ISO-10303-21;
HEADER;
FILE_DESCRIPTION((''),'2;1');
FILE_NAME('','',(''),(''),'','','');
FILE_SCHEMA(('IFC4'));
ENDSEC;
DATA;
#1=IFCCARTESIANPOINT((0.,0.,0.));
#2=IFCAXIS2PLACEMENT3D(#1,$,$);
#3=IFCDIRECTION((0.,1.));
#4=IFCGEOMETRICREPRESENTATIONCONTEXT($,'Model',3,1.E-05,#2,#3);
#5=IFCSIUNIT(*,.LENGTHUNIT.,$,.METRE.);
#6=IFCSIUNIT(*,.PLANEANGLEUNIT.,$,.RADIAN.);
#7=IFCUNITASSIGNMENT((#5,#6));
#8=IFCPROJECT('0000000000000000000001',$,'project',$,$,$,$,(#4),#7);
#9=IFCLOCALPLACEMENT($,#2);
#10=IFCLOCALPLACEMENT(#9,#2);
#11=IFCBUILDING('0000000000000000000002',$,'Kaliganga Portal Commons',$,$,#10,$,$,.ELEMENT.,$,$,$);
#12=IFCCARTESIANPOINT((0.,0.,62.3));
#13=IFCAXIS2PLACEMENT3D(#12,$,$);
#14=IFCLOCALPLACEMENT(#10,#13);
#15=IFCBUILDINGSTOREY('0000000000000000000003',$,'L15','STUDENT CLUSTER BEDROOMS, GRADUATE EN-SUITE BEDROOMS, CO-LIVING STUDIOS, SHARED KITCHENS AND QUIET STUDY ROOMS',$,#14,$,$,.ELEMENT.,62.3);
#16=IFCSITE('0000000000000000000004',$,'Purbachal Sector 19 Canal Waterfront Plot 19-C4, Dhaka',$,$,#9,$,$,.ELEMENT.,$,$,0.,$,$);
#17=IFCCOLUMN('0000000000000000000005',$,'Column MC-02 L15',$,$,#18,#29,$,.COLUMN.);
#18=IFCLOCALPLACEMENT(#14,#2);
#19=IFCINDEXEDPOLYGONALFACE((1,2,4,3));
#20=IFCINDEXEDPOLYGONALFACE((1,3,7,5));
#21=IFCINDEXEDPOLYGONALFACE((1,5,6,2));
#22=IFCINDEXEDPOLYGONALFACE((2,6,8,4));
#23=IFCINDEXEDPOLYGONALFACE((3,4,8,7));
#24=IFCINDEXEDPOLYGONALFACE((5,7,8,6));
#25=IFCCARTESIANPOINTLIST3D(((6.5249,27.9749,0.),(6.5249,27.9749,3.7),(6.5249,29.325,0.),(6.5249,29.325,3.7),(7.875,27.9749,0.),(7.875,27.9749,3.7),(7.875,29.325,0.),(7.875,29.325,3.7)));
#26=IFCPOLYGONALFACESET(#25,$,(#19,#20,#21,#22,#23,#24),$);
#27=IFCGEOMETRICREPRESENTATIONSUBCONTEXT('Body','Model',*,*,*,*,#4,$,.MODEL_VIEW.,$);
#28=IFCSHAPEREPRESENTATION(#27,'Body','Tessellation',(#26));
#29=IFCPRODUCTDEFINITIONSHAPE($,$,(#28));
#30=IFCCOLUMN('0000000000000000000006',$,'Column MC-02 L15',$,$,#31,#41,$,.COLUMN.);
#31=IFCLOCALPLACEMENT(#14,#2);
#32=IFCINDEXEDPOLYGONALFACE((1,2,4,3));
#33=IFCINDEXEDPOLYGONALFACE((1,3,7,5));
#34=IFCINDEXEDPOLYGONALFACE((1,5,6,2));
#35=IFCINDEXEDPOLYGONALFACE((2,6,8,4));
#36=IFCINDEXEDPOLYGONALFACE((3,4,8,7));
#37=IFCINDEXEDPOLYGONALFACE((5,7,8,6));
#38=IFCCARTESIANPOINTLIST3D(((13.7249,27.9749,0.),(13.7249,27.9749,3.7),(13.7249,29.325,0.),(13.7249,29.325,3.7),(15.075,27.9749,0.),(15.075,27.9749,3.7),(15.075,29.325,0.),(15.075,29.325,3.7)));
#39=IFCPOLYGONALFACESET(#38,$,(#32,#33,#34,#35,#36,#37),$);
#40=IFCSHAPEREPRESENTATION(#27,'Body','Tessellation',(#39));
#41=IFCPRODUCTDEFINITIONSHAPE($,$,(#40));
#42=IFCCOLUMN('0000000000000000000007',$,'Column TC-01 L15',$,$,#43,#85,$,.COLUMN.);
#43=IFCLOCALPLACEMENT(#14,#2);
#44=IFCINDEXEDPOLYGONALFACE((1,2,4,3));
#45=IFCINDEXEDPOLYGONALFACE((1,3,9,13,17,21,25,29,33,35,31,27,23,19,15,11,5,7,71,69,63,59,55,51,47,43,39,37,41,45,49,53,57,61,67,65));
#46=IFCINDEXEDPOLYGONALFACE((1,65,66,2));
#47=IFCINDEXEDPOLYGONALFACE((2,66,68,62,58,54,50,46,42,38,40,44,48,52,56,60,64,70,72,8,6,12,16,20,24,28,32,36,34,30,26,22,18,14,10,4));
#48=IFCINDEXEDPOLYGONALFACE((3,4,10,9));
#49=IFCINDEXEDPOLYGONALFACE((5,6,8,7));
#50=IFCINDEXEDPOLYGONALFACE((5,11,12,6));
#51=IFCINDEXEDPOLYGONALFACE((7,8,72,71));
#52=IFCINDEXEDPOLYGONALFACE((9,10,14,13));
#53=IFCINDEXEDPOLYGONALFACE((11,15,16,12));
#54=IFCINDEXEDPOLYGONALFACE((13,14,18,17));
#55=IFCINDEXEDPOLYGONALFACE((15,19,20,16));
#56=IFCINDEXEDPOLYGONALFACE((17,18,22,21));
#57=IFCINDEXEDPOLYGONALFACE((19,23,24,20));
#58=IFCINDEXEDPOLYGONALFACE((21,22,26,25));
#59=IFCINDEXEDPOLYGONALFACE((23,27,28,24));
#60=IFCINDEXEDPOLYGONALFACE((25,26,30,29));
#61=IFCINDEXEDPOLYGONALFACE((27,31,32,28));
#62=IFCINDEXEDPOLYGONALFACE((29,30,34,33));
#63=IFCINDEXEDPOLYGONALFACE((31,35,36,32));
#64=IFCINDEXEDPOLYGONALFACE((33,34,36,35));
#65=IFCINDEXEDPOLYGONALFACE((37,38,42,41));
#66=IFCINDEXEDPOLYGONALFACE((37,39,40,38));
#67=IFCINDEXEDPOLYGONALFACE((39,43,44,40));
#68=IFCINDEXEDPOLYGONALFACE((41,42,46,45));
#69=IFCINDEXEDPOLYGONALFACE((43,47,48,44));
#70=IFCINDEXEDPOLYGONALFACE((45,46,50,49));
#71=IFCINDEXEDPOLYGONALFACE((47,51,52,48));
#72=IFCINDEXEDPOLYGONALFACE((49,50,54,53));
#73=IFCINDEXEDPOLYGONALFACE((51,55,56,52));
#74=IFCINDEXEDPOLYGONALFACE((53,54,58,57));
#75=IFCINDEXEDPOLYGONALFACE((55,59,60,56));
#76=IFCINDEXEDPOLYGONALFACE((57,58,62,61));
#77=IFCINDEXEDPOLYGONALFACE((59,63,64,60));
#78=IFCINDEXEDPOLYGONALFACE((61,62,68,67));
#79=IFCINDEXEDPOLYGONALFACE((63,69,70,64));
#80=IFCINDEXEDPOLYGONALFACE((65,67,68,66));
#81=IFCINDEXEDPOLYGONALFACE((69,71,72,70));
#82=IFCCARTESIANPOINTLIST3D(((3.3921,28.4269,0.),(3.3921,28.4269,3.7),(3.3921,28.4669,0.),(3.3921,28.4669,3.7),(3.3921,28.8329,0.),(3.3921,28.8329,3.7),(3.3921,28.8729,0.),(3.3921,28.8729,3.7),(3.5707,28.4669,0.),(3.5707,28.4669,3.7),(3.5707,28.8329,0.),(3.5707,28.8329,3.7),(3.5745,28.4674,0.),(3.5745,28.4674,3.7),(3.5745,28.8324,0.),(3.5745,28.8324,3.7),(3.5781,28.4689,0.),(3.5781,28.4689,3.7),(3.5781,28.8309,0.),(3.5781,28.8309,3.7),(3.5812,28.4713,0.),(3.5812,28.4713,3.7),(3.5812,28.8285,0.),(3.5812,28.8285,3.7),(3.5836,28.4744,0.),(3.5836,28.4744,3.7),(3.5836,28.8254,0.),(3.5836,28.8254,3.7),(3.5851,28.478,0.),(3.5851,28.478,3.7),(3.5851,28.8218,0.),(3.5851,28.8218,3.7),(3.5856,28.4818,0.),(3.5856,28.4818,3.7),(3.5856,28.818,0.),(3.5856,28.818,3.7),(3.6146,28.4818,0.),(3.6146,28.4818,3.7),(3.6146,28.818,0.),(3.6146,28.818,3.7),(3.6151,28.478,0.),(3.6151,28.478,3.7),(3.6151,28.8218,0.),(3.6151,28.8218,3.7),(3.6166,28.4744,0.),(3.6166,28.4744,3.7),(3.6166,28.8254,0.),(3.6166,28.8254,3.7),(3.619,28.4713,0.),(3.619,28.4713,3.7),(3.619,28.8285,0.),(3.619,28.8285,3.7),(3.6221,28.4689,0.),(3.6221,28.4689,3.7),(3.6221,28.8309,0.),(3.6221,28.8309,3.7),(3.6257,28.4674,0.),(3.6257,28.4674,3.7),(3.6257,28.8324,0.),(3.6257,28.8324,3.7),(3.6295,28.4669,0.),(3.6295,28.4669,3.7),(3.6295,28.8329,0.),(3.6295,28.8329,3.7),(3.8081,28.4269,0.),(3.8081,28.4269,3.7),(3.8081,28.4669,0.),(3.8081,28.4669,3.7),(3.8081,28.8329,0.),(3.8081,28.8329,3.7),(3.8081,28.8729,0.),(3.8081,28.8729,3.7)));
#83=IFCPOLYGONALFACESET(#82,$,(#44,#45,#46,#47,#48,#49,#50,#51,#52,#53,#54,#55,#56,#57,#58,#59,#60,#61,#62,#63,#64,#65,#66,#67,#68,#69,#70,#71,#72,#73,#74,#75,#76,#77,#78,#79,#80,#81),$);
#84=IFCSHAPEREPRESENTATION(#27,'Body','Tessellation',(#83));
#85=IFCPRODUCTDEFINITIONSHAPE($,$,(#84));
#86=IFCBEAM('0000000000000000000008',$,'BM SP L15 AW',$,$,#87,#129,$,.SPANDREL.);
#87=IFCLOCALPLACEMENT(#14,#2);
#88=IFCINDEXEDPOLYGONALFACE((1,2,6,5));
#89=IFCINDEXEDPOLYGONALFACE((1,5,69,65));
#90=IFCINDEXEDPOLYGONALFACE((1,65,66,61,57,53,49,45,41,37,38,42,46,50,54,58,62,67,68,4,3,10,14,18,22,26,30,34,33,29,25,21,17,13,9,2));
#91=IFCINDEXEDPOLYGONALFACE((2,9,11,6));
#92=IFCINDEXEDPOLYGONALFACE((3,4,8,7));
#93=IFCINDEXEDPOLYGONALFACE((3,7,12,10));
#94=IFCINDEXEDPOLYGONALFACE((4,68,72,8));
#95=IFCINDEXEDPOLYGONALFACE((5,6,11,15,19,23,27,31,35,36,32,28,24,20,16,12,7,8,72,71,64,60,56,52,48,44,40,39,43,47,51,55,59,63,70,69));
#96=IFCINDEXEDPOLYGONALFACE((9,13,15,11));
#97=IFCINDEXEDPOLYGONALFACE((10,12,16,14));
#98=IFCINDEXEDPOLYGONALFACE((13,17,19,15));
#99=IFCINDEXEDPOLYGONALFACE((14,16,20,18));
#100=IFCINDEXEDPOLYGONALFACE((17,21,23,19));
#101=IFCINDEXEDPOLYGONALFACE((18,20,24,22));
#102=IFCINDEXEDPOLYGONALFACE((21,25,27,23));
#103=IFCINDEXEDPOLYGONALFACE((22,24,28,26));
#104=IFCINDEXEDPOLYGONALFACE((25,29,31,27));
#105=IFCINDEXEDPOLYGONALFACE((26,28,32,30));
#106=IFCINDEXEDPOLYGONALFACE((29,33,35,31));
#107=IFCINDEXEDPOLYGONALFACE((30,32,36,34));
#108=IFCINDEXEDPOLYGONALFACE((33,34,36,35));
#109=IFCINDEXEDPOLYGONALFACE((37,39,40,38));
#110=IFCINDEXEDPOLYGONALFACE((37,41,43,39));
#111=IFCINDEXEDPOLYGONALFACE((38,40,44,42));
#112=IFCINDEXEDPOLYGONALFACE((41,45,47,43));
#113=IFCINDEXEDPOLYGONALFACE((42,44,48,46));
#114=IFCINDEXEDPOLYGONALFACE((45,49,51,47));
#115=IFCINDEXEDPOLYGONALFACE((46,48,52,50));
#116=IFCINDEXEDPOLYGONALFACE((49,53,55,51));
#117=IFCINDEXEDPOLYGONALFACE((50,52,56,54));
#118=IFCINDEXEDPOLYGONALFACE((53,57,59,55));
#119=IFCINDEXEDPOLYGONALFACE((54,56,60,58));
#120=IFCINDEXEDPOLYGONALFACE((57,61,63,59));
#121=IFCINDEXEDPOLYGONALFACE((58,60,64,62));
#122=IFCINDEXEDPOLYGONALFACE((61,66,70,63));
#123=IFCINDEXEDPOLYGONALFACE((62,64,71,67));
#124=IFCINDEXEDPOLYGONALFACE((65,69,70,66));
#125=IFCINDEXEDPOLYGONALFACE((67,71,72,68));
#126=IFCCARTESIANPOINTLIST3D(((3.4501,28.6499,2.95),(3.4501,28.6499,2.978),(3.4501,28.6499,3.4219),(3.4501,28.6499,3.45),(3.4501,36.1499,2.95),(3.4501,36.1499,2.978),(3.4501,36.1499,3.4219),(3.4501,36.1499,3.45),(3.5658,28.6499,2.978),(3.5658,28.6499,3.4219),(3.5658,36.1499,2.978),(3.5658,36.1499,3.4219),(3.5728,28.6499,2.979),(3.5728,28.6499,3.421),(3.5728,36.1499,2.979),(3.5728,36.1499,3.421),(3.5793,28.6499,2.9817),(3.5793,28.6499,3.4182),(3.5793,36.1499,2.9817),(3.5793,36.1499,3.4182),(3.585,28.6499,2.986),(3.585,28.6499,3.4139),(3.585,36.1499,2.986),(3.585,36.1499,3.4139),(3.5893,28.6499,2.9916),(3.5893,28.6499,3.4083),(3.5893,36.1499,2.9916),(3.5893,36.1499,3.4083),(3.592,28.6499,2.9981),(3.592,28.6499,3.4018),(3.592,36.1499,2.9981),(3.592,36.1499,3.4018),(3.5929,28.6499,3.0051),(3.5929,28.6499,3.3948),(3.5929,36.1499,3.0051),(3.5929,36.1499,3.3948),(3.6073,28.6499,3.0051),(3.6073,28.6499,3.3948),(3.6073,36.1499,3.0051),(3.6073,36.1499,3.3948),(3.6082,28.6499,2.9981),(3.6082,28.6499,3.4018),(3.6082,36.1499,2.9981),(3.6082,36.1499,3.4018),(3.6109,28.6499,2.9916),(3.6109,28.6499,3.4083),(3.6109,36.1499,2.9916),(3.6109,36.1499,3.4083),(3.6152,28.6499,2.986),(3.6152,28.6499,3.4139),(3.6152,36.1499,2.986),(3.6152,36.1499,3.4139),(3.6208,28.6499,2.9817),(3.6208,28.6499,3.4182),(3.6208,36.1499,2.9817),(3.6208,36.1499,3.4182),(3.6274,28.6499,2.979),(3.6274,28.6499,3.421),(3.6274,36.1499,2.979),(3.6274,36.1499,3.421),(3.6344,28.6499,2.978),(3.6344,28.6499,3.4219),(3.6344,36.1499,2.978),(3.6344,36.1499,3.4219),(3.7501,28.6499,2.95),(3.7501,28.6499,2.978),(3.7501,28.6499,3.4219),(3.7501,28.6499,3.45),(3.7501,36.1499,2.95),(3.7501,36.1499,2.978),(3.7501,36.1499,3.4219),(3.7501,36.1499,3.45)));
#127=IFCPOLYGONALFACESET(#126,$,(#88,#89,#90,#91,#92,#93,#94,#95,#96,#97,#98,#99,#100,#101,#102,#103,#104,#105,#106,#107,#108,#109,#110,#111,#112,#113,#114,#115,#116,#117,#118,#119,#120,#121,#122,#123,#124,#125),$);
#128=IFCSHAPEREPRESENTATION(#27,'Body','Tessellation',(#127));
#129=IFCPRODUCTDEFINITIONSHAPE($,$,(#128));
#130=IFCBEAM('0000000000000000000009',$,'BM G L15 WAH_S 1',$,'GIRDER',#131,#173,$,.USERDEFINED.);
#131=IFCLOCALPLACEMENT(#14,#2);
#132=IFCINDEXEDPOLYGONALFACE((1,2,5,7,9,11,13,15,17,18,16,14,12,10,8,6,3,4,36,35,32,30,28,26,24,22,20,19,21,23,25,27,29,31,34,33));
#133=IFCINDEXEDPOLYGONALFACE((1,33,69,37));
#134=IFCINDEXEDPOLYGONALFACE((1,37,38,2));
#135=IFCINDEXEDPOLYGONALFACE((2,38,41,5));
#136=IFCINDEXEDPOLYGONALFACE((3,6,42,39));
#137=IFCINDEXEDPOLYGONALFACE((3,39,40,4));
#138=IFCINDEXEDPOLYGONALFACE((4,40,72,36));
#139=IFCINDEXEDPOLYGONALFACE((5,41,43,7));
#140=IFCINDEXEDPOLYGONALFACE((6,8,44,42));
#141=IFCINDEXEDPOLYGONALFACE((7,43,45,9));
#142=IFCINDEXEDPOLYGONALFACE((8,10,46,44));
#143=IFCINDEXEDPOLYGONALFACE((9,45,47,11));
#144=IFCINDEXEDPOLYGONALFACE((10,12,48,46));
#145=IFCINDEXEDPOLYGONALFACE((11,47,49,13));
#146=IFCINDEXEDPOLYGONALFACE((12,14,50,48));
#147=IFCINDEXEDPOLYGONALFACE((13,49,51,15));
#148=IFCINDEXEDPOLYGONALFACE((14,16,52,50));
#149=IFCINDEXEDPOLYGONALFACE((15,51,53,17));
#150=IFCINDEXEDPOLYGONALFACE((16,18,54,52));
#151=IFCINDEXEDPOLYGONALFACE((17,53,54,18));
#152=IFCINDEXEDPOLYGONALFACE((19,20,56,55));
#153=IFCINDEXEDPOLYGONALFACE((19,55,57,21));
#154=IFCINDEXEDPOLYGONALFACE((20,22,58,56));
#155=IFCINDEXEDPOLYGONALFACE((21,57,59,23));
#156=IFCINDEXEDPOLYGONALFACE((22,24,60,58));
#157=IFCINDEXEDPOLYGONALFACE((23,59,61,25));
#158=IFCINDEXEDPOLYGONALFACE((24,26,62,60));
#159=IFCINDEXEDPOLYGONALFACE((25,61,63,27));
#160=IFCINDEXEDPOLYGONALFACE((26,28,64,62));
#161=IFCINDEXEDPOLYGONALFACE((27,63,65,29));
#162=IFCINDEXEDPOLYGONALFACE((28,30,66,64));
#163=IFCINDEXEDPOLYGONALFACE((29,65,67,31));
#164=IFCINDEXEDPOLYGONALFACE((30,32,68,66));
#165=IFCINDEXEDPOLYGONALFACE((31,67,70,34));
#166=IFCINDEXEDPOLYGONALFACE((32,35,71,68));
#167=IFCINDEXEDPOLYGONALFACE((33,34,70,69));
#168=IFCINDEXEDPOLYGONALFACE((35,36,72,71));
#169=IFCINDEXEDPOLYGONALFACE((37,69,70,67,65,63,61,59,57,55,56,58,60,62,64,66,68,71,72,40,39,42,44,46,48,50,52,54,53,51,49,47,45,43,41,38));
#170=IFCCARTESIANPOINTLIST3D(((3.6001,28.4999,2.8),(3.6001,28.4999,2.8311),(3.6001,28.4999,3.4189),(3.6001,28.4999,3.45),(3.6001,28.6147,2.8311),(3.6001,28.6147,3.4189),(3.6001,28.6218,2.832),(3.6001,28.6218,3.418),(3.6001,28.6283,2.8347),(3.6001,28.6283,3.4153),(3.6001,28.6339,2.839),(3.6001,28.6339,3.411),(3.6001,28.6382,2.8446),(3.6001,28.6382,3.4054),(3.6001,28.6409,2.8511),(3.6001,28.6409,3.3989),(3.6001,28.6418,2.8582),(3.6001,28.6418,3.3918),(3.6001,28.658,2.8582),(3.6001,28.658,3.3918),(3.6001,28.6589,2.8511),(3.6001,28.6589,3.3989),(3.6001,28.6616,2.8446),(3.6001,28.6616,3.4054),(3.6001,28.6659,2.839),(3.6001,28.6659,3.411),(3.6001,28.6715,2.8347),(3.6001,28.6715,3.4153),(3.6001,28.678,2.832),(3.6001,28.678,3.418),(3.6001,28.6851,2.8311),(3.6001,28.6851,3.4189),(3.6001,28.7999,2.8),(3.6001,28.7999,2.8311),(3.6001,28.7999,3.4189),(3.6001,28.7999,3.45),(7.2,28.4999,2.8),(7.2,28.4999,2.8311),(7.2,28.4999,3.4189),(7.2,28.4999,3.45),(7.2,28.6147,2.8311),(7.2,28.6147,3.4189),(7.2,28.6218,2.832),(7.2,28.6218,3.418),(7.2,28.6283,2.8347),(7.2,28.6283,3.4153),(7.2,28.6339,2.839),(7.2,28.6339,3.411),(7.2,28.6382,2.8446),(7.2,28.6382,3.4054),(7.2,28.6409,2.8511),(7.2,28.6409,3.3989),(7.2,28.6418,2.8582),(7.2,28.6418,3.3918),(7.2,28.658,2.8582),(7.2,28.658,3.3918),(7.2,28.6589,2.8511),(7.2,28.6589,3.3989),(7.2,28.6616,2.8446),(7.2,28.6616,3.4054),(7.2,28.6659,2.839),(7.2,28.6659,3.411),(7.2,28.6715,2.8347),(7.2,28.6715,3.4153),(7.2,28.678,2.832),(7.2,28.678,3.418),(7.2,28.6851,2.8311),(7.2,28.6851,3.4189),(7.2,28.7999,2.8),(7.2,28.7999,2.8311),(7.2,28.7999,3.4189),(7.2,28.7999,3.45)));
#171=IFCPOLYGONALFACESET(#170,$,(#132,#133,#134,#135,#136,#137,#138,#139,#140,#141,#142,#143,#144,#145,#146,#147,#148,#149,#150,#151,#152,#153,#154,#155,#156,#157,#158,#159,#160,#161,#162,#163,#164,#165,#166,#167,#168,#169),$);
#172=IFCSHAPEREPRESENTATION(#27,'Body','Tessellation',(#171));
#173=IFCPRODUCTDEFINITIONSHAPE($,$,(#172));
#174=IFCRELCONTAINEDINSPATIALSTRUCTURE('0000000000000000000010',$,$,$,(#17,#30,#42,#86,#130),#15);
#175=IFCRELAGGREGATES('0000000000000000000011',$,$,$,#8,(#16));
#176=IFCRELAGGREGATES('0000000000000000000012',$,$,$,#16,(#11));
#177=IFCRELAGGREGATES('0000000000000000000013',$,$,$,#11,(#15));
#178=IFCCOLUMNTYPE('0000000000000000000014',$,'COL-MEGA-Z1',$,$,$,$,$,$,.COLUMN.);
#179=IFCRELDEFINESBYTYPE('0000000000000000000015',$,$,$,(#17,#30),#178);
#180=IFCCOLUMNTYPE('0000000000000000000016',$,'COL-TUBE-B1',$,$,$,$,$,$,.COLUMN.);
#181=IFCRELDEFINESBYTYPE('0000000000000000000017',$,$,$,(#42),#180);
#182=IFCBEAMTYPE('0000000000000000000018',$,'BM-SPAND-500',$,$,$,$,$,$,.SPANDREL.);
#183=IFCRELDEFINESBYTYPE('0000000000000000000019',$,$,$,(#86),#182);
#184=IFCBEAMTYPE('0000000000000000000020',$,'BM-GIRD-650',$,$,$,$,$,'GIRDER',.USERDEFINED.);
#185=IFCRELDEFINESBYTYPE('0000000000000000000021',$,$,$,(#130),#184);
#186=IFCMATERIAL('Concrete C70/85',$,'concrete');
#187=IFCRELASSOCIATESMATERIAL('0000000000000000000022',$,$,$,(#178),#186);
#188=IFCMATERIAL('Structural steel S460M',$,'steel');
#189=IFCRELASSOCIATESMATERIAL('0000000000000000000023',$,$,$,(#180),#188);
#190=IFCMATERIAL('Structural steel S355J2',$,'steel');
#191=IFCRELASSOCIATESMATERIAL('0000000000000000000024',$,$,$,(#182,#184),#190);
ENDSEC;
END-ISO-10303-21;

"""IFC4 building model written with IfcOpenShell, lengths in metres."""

from ifc_helpers import new_model, si_unit, direction, frame, origin, origin_2d, place, context, subcontext, project, spatial, rectangle, i_section, extrude, source, transform, mapped, material, material_profile, profile_set, type_object, element, save


model = new_model("IFC4")

# Units and contexts
model_context = context("Model", 3, precision=1e-05, world=origin(), true_north=direction((0.0, 1.0)))
body_context = subcontext(model_context, "Body", "Model", "MODEL_VIEW")
ifc_project = project(units=[si_unit("LENGTHUNIT", "METRE"), si_unit("PLANEANGLEUNIT", "RADIAN")], contexts=[model_context])

# Site, building, storey
site_placement = place(None, origin())
site = spatial("IfcSite", under=ifc_project, at=site_placement, Name="Purbachal Sector 19 Canal Waterfront Plot 19-C4, Dhaka", CompositionType="ELEMENT", RefElevation=0.0)
building_placement = place(site_placement, origin())
building = spatial("IfcBuilding", under=site, at=building_placement, Name="Kaliganga Portal Commons", CompositionType="ELEMENT")
storey_placement = place(building_placement, frame((0.0, 0.0, 62.3)))
storey = spatial("IfcBuildingStorey", under=building, at=storey_placement, Name="L15", Description="STUDENT CLUSTER BEDROOMS, GRADUATE EN-SUITE BEDROOMS, CO-LIVING STUDIOS, SHARED KITCHENS AND QUIET STUDY ROOMS", CompositionType="ELEMENT", Elevation=62.3)

# Columns
ifc_material_1 = material(Name="Concrete C70/85", Category="concrete")
ifc_material_profile_1 = material_profile(ifc_material_1, rectangle(XDim=1.3501, YDim=1.3501, at=origin_2d()), Name="RC 1350x1350")
ifc_profile_set_1 = profile_set([ifc_material_profile_1], Name="Concrete C70/85")
column_type_1 = type_object("IfcColumnType", Name="COL-MEGA-Z1", PredefinedType="COLUMN", material=ifc_profile_set_1)
shared_shape_1 = source(origin(), body_context, "Body", "SweptSolid", [
    extrude(rectangle(XDim=1.3501, YDim=1.3501, at=origin_2d()), origin(), (0.0, 0.0, 1.0), 3.7),
])
for number, where, z_axis, x_axis, name in (
    (1, (7.2, 28.6499, 0.0), (0.0, 0.0, 1.0), (1.0, 0.0, 0.0), "Column MC-02 L15"),
    (2, (14.3999, 28.6499, 0.0), (0.0, 0.0, 1.0), (1.0, 0.0, 0.0), "Column MC-02 L15"),
):
    element("IfcColumn", number, at=place(storey_placement, frame(where, z_axis=z_axis, x_axis=x_axis)), inside=storey, type_object=column_type_1, Name=name, PredefinedType="COLUMN", context=body_context, shape_type="MappedRepresentation", body=[
        mapped(shared_shape_1, transform((0.0, 0.0, 0.0), x_axis=(1.0, 0.0, 0.0), y_axis=(0.0, 1.0, 0.0), z_axis=(0.0, 0.0, 1.0), scale=1.0)),
    ])
ifc_material_2 = material(Name="Structural steel S460M", Category="steel")
ifc_material_profile_2 = material_profile(ifc_material_2, i_section(OverallWidth=0.416, OverallDepth=0.446, WebThickness=0.0291, FlangeThickness=0.04, FilletRadius=0.0149, at=origin_2d()), Name="HD 400x509")
ifc_profile_set_2 = profile_set([ifc_material_profile_2], Name="Structural steel S460M wide-flange")
column_type_2 = type_object("IfcColumnType", Name="COL-TUBE-B1", PredefinedType="COLUMN", material=ifc_profile_set_2)
shared_shape_2 = source(origin(), body_context, "Body", "SweptSolid", [
    extrude(i_section(OverallWidth=0.416, OverallDepth=0.446, WebThickness=0.0291, FlangeThickness=0.04, FilletRadius=0.0149, at=origin_2d()), origin(), (0.0, 0.0, 1.0), 3.7),
])
column_placement = place(storey_placement, frame((3.6001, 28.6499, 0.0), z_axis=(0.0, 0.0, 1.0), x_axis=(1.0, 0.0, 0.0)))
element("IfcColumn", 3, at=column_placement, inside=storey, type_object=column_type_2, Name="Column TC-01 L15", PredefinedType="COLUMN", context=body_context, shape_type="MappedRepresentation", body=[
    mapped(shared_shape_2, transform((0.0, 0.0, 0.0), x_axis=(1.0, 0.0, 0.0), y_axis=(0.0, 1.0, 0.0), z_axis=(0.0, 0.0, 1.0), scale=1.0)),
])

# Beams
ifc_material_3 = material(Name="Structural steel S355J2", Category="steel")
ifc_material_profile_3 = material_profile(ifc_material_3, i_section(OverallWidth=0.3, OverallDepth=0.5, WebThickness=0.0144, FlangeThickness=0.0281, FilletRadius=0.0271, at=origin_2d()), Name="HE 500 B")
ifc_profile_set_3 = profile_set([ifc_material_profile_3], Name="Structural steel S355J2 wide-flange")
beam_type_1 = type_object("IfcBeamType", Name="BM-SPAND-500", PredefinedType="SPANDREL", material=ifc_profile_set_3)
shared_shape_3 = source(origin(), body_context, "Body", "SweptSolid", [
    extrude(i_section(OverallWidth=0.3, OverallDepth=0.5, WebThickness=0.0144, FlangeThickness=0.0281, FilletRadius=0.0271, at=origin_2d()), origin(), (0.0, 0.0, 1.0), 7.5),
])
beam_1_placement = place(storey_placement, frame((3.6001, 28.6499, 3.2), z_axis=(0.0, 1.0, 0.0), x_axis=(-1.0, 0.0, 0.0)))
element("IfcBeam", 4, at=beam_1_placement, inside=storey, type_object=beam_type_1, Name="BM SP L15 AW", PredefinedType="SPANDREL", context=body_context, shape_type="MappedRepresentation", body=[
    mapped(shared_shape_3, transform((0.0, 0.0, 0.0), x_axis=(1.0, 0.0, 0.0), y_axis=(0.0, 1.0, 0.0), z_axis=(0.0, 0.0, 1.0), scale=1.0)),
])
ifc_material_profile_4 = material_profile(ifc_material_3, i_section(OverallWidth=0.3, OverallDepth=0.6499, WebThickness=0.0161, FlangeThickness=0.031, FilletRadius=0.0271, at=origin_2d()), Name="HE 650 B")
ifc_profile_set_4 = profile_set([ifc_material_profile_4], Name="Structural steel S355J2 wide-flange")
beam_type_2 = type_object("IfcBeamType", Name="BM-GIRD-650", ElementType="GIRDER", PredefinedType="USERDEFINED", material=ifc_profile_set_4)
shared_shape_4 = source(origin(), body_context, "Body", "SweptSolid", [
    extrude(i_section(OverallWidth=0.3, OverallDepth=0.6499, WebThickness=0.0161, FlangeThickness=0.031, FilletRadius=0.0271, at=origin_2d()), origin(), (0.0, 0.0, 1.0), 3.5999),
])
beam_2_placement = place(storey_placement, frame((3.6001, 28.6499, 3.125), z_axis=(1.0, 0.0, 0.0), x_axis=(0.0, 1.0, 0.0)))
element("IfcBeam", 5, at=beam_2_placement, inside=storey, type_object=beam_type_2, Name="BM G L15 WAH_S 1", ObjectType="GIRDER", PredefinedType="USERDEFINED", context=body_context, shape_type="MappedRepresentation", body=[
    mapped(shared_shape_4, transform((0.0, 0.0, 0.0), x_axis=(1.0, 0.0, 0.0), y_axis=(0.0, 1.0, 0.0), z_axis=(0.0, 0.0, 1.0), scale=1.0)),
])

save(model, "model.ifc")
